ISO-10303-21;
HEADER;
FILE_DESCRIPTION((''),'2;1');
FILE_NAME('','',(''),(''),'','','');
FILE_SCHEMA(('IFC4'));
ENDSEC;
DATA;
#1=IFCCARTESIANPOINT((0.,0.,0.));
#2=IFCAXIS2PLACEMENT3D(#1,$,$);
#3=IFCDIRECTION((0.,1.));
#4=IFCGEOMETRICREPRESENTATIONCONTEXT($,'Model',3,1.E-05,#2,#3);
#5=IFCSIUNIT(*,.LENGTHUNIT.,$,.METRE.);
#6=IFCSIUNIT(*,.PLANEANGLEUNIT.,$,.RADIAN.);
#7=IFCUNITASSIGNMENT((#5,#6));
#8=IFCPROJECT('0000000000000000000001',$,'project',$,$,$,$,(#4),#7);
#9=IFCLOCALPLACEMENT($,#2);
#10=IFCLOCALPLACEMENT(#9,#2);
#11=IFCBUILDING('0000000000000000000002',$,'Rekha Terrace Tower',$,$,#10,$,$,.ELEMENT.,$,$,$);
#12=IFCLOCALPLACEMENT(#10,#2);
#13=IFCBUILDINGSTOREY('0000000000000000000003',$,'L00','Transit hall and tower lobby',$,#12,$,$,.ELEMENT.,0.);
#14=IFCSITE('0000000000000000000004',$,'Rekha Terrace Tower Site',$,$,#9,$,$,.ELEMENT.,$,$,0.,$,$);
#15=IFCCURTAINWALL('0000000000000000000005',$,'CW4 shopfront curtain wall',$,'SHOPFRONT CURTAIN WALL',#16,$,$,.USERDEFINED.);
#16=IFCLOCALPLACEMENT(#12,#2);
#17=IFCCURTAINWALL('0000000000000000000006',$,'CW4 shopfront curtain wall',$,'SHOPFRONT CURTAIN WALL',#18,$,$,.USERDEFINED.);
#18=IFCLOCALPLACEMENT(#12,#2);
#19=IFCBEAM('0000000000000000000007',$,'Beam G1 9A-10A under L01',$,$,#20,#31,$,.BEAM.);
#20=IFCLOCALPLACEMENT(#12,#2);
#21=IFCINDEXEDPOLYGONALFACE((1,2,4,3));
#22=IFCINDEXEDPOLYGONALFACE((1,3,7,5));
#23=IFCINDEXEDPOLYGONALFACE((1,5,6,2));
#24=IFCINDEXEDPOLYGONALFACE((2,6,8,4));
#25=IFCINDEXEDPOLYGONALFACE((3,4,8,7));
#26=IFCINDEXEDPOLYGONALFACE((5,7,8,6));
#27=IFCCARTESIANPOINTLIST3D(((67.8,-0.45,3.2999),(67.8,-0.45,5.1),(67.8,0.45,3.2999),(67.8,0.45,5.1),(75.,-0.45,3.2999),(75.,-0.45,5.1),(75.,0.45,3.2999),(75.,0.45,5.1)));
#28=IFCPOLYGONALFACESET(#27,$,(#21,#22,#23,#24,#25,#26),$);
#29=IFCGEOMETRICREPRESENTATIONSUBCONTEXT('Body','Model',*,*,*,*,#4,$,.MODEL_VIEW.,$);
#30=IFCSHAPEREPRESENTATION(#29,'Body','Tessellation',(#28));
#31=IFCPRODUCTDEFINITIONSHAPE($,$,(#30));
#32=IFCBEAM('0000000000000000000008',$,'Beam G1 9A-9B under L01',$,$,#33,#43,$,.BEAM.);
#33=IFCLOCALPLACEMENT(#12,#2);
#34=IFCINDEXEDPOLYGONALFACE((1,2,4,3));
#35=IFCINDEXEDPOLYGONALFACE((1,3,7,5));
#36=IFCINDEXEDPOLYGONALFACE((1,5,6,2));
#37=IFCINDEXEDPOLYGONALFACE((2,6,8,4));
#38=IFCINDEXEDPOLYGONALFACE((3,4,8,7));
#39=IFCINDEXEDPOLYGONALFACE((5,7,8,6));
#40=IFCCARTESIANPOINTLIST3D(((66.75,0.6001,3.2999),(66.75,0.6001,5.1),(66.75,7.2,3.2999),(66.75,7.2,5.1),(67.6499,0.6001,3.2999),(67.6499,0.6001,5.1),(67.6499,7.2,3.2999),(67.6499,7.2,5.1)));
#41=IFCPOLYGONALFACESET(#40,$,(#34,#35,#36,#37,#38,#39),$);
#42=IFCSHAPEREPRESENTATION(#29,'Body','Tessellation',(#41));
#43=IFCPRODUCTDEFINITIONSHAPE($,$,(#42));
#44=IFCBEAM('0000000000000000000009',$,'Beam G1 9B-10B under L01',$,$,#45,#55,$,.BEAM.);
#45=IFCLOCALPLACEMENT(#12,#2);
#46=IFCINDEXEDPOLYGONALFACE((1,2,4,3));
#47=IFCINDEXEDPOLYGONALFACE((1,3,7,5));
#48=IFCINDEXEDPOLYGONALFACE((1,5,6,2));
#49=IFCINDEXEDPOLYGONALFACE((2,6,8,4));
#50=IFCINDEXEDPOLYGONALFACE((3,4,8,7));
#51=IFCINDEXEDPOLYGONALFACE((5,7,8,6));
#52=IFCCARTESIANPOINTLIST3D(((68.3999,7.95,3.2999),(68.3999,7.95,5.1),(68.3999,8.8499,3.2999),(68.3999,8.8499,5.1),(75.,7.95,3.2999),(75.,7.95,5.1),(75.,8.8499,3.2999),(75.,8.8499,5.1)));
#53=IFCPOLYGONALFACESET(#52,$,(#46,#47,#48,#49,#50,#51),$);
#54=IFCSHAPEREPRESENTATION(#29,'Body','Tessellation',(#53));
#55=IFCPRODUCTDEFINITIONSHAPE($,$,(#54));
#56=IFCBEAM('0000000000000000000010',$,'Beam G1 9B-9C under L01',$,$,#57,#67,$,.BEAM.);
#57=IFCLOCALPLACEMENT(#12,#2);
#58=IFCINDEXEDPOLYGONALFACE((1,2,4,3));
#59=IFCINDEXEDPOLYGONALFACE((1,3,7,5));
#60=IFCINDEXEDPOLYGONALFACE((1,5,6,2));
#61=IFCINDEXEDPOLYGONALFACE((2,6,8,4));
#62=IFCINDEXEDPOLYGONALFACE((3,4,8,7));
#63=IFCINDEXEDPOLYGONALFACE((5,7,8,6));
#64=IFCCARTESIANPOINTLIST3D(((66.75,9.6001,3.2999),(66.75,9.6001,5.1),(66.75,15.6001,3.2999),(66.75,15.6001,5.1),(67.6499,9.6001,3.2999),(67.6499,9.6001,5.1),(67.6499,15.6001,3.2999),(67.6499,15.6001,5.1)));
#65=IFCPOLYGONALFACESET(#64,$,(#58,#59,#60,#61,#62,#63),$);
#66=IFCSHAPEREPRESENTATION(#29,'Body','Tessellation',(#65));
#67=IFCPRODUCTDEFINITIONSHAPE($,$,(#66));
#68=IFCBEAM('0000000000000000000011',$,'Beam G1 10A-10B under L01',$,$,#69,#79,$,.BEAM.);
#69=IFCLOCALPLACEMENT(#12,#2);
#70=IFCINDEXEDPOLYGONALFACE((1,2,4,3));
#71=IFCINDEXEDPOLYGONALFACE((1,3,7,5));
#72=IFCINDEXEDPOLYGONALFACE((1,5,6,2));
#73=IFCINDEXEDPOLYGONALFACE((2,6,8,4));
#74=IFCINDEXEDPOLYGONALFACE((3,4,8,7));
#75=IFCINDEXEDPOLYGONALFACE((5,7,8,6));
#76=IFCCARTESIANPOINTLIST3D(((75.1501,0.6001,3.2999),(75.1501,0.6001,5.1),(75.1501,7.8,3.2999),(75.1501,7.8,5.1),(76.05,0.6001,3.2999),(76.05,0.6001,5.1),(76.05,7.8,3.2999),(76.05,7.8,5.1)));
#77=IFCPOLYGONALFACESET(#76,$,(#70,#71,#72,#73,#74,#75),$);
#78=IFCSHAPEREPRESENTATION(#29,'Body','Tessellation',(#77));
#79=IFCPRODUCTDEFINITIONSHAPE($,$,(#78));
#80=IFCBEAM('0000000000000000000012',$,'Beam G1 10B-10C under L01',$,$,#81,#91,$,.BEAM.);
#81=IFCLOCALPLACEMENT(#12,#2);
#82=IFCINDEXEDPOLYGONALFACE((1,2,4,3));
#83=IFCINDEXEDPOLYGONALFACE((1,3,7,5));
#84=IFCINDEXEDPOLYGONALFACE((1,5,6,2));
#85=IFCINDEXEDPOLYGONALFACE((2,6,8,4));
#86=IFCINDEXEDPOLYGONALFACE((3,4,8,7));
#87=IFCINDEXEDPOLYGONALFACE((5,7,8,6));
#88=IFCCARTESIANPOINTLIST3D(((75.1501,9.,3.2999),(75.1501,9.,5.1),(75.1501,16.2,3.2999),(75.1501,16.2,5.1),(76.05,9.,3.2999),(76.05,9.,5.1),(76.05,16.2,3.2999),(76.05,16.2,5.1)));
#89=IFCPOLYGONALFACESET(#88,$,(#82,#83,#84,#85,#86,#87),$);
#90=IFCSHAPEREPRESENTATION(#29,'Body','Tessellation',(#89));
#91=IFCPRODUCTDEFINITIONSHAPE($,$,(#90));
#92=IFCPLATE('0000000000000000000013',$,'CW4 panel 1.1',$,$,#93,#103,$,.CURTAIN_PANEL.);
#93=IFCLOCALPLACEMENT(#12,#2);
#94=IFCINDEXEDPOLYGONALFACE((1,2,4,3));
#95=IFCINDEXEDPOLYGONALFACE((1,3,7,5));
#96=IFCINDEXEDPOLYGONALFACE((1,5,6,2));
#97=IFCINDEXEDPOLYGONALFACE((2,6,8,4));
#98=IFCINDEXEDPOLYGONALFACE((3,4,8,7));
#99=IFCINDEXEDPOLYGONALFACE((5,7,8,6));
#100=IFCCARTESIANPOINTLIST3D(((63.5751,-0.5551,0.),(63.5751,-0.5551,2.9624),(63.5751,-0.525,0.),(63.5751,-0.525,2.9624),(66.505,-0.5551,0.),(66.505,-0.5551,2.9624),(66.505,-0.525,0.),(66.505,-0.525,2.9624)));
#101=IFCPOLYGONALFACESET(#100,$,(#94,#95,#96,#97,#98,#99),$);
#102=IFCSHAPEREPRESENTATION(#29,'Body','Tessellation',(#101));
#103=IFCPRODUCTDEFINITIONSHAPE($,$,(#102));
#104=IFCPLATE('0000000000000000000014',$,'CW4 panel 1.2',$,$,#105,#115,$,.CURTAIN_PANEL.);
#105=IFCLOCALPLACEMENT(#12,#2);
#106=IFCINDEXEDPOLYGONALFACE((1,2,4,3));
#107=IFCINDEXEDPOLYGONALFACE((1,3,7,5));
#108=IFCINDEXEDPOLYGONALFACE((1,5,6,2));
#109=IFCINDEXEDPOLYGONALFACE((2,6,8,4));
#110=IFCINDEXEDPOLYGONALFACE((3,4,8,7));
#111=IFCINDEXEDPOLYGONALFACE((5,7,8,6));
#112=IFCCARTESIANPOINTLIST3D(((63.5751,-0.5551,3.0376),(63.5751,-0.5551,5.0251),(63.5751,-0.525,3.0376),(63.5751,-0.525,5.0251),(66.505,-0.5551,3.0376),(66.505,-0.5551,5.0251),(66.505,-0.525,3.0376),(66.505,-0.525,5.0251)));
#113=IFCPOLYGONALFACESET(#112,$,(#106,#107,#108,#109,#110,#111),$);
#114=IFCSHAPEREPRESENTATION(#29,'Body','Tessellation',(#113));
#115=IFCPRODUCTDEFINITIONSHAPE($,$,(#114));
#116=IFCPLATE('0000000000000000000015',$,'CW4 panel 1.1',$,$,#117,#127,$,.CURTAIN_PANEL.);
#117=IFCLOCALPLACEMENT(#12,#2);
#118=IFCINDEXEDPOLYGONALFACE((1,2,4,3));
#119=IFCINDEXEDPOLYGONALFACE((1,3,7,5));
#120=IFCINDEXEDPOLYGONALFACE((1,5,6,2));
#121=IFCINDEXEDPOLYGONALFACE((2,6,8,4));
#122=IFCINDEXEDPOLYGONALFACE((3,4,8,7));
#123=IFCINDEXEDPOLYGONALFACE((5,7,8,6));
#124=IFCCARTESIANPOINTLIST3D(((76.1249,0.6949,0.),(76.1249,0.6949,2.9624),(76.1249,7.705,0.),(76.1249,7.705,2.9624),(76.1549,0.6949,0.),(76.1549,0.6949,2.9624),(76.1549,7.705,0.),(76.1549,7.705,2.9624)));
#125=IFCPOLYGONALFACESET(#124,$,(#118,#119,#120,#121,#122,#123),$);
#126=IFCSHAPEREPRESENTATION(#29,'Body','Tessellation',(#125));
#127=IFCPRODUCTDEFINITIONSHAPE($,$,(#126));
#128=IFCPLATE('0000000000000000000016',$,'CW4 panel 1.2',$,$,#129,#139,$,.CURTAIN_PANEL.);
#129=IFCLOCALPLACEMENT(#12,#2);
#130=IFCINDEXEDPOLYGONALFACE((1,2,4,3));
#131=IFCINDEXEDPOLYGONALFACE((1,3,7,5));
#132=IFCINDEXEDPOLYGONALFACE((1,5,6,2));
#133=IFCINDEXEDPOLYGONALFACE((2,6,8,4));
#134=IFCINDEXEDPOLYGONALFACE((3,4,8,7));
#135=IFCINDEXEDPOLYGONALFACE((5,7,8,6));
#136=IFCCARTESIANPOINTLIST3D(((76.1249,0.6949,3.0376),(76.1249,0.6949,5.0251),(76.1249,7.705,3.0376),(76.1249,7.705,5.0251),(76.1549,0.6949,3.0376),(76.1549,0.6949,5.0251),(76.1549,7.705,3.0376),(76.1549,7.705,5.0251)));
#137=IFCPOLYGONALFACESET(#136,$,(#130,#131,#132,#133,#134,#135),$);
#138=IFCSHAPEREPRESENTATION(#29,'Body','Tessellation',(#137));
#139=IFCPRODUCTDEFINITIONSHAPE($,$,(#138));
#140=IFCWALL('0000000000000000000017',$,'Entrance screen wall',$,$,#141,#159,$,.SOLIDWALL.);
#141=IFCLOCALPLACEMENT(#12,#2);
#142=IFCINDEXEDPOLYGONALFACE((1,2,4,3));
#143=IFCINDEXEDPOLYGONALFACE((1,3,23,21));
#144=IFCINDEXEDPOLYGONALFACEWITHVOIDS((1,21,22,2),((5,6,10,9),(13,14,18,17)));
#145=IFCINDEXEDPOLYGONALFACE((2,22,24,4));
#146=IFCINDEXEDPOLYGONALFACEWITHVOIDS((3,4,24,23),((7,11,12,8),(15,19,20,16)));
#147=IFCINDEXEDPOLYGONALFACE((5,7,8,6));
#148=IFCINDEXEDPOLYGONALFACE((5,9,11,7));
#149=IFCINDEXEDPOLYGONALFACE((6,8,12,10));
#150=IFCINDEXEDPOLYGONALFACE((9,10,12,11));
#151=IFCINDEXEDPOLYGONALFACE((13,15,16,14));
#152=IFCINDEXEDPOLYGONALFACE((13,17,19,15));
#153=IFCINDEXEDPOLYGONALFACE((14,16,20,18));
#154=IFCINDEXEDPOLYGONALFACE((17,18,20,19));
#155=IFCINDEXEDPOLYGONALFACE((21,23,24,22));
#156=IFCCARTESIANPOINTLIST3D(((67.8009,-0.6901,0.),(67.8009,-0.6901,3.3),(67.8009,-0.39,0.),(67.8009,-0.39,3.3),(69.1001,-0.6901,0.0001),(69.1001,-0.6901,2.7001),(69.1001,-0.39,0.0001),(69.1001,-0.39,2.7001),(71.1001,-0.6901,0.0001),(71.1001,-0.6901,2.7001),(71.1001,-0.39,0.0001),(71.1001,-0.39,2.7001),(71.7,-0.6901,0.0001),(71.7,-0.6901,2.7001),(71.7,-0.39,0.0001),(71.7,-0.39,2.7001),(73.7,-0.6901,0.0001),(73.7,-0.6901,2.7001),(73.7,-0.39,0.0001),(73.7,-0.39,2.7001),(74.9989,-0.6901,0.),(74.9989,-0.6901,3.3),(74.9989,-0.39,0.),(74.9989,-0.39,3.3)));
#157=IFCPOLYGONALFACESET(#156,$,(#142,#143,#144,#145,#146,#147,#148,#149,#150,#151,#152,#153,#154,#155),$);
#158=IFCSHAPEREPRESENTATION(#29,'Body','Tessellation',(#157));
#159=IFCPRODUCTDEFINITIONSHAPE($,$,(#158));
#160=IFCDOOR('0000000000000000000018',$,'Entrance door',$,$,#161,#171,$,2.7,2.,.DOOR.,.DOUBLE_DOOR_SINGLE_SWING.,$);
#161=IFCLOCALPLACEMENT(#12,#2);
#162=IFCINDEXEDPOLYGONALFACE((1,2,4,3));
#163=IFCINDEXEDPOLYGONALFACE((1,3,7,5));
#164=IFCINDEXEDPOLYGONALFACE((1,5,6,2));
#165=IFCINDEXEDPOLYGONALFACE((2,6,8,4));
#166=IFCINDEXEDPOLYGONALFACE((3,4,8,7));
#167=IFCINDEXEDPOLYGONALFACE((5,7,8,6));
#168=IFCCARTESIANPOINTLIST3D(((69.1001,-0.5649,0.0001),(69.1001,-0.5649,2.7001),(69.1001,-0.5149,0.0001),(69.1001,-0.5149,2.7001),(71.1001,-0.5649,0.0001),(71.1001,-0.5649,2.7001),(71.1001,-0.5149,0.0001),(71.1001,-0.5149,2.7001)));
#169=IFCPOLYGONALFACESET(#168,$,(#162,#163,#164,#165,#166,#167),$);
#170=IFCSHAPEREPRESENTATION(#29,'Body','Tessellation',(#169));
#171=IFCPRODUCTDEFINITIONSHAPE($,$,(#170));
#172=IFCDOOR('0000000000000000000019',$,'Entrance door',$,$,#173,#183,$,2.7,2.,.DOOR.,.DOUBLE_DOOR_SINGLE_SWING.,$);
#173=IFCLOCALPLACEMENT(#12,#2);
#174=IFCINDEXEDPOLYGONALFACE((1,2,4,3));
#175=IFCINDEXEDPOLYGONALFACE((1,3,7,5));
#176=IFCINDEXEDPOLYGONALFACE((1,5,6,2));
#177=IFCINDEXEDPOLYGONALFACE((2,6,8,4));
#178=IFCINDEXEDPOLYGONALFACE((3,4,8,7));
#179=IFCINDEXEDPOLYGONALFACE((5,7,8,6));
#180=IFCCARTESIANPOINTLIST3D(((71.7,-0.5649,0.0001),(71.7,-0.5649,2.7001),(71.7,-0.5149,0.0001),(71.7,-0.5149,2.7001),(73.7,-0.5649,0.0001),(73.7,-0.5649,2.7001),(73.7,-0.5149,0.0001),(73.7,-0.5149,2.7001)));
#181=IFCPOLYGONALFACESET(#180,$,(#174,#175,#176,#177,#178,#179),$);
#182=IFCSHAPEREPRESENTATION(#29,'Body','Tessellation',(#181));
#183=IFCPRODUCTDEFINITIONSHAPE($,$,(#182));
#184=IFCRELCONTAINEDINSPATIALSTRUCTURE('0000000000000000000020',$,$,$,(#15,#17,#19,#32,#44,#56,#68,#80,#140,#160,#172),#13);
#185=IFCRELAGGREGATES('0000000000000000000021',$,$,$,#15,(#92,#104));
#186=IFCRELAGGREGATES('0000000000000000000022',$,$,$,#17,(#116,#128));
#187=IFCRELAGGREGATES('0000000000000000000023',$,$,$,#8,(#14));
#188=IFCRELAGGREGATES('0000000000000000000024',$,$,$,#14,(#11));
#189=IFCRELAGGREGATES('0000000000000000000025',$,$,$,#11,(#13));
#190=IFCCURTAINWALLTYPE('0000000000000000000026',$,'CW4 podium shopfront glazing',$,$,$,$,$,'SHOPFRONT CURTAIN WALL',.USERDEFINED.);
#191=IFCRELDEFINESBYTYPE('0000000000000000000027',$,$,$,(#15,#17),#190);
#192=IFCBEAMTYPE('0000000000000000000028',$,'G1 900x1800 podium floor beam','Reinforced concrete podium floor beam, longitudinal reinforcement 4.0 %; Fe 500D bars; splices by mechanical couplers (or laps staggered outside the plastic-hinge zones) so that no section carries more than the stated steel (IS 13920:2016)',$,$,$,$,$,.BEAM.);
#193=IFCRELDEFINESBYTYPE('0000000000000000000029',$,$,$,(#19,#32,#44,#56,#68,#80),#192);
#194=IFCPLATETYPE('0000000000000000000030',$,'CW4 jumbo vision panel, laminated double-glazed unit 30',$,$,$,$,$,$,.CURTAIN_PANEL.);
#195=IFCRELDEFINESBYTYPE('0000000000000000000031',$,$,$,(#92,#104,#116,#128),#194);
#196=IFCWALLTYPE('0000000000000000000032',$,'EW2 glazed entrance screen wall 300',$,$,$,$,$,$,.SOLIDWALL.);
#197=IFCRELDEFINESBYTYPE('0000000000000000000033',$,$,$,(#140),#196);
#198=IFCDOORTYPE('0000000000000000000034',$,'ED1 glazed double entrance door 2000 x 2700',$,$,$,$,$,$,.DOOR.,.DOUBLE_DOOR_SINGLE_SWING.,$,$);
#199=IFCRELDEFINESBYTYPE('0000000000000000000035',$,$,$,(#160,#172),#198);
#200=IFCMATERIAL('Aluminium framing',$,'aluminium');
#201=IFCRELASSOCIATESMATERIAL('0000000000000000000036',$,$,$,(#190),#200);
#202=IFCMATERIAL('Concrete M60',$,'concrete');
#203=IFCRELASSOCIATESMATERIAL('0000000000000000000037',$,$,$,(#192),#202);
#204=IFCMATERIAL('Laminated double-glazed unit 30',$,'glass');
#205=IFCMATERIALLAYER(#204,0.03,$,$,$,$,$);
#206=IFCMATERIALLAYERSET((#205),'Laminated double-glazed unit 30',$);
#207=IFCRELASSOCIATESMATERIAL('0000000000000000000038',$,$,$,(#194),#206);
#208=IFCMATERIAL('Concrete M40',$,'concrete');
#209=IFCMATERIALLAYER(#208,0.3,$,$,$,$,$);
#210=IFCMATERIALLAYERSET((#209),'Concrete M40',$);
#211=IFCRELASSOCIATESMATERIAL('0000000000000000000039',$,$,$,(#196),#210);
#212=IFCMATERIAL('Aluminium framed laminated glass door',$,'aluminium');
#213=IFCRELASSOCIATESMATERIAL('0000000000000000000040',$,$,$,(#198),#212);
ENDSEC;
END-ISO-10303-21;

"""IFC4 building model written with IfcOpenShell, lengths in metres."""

from ifc_helpers import new_model, si_unit, direction, frame, frame_2d, origin, origin_2d, place, context, subcontext, project, spatial, rectangle, extrude, material, layer, layer_set, material_profile, profile_set, type_object, element, fill, aggregate, save


model = new_model("IFC4")

# Units and contexts
model_context = context("Model", 3, precision=1e-05, world=origin(), true_north=direction((0.0, 1.0)))
body_context = subcontext(model_context, "Body", "Model", "MODEL_VIEW")
ifc_project = project(units=[si_unit("LENGTHUNIT", "METRE"), si_unit("PLANEANGLEUNIT", "RADIAN")], contexts=[model_context])

# Site, building, storey
site_placement = place(None, origin())
site = spatial("IfcSite", under=ifc_project, at=site_placement, Name="Rekha Terrace Tower Site", CompositionType="ELEMENT", RefElevation=0.0)
building_placement = place(site_placement, origin())
building = spatial("IfcBuilding", under=site, at=building_placement, Name="Rekha Terrace Tower", CompositionType="ELEMENT")
storey_placement = place(building_placement, origin())
storey = spatial("IfcBuildingStorey", under=building, at=storey_placement, Name="L00", Description="Transit hall and tower lobby", CompositionType="ELEMENT", Elevation=0.0)

# Shared definitions
ifc_material_1 = material(Name="Concrete M60", Category="concrete")

# Curtain wall
ifc_material_2 = material(Name="Aluminium framing", Category="aluminium")
curtain_wall_type = type_object("IfcCurtainWallType", Name="CW4 podium shopfront glazing", ElementType="SHOPFRONT CURTAIN WALL", PredefinedType="USERDEFINED", material=ifc_material_2)
curtain_wall_1_placement = place(storey_placement, origin())
curtain_wall_1 = element("IfcCurtainWall", 1, at=curtain_wall_1_placement, inside=storey, type_object=curtain_wall_type, Name="CW4 shopfront curtain wall", ObjectType="SHOPFRONT CURTAIN WALL", PredefinedType="USERDEFINED")

# Curtain wall
curtain_wall_2_placement = place(storey_placement, origin())
curtain_wall_2 = element("IfcCurtainWall", 2, at=curtain_wall_2_placement, inside=storey, type_object=curtain_wall_type, Name="CW4 shopfront curtain wall", ObjectType="SHOPFRONT CURTAIN WALL", PredefinedType="USERDEFINED")

# Beams
ifc_material_profile_1 = material_profile(ifc_material_1, rectangle(XDim=0.8999, YDim=1.8, at=origin_2d()), Name="RC 900x1800")
ifc_profile_set_1 = profile_set([ifc_material_profile_1], Name="Concrete M60")
beam_type = type_object("IfcBeamType", Name="G1 900x1800 podium floor beam", Description="Reinforced concrete podium floor beam, longitudinal reinforcement 4.0 %; Fe 500D bars; splices by mechanical couplers (or laps staggered outside the plastic-hinge zones) so that no section carries more than the stated steel (IS 13920:2016)", PredefinedType="BEAM", material=ifc_profile_set_1)
beam_1_placement = place(storey_placement, frame((67.8, 0.0, 4.2), z_axis=(1.0, 0.0, 0.0), x_axis=(0.0, 1.0, 0.0)))
element("IfcBeam", 3, at=beam_1_placement, inside=storey, type_object=beam_type, Name="Beam G1 9A-10A under L01", PredefinedType="BEAM", context=body_context, shape_type="SweptSolid", body=[
    extrude(rectangle(XDim=0.8999, YDim=1.8, at=origin_2d()), origin(), (0.0, 0.0, 1.0), 7.2),
])
beam_2_placement = place(storey_placement, frame((67.2, 0.6001, 4.2), z_axis=(0.0, 1.0, 0.0), x_axis=(-1.0, 0.0, 0.0)))
element("IfcBeam", 4, at=beam_2_placement, inside=storey, type_object=beam_type, Name="Beam G1 9A-9B under L01", PredefinedType="BEAM", context=body_context, shape_type="SweptSolid", body=[
    extrude(rectangle(XDim=0.8999, YDim=1.8, at=origin_2d()), origin(), (0.0, 0.0, 1.0), 6.5999),
])
beam_3_placement = place(storey_placement, frame((68.3999, 8.3999, 4.2), z_axis=(1.0, 0.0, 0.0), x_axis=(0.0, 1.0, 0.0)))
element("IfcBeam", 5, at=beam_3_placement, inside=storey, type_object=beam_type, Name="Beam G1 9B-10B under L01", PredefinedType="BEAM", context=body_context, shape_type="SweptSolid", body=[
    extrude(rectangle(XDim=0.8999, YDim=1.8, at=origin_2d()), origin(), (0.0, 0.0, 1.0), 6.6001),
])
beam_4_placement = place(storey_placement, frame((67.2, 9.6001, 4.2), z_axis=(0.0, 1.0, 0.0), x_axis=(-1.0, 0.0, 0.0)))
element("IfcBeam", 6, at=beam_4_placement, inside=storey, type_object=beam_type, Name="Beam G1 9B-9C under L01", PredefinedType="BEAM", context=body_context, shape_type="SweptSolid", body=[
    extrude(rectangle(XDim=0.8999, YDim=1.8, at=origin_2d()), origin(), (0.0, 0.0, 1.0), 6.0),
])
for number, where, z_axis, x_axis, name in (
    (7, (75.6001, 0.6001, 4.2), (0.0, 1.0, 0.0), (-1.0, 0.0, 0.0), "Beam G1 10A-10B under L01"),
    (8, (75.6001, 9.0, 4.2), (0.0, 1.0, 0.0), (-1.0, 0.0, 0.0), "Beam G1 10B-10C under L01"),
):
    element("IfcBeam", number, at=place(storey_placement, frame(where, z_axis=z_axis, x_axis=x_axis)), inside=storey, type_object=beam_type, Name=name, PredefinedType="BEAM", context=body_context, shape_type="SweptSolid", body=[
        extrude(rectangle(XDim=0.8999, YDim=1.8, at=origin_2d()), origin(), (0.0, 0.0, 1.0), 7.2),
    ])

# Plates
ifc_material_3 = material(Name="Laminated double-glazed unit 30", Category="glass")
ifc_layer_1 = layer(ifc_material_3, 0.03)
ifc_layer_set_1 = layer_set([ifc_layer_1], Name="Laminated double-glazed unit 30")
plate_type = type_object("IfcPlateType", Name="CW4 jumbo vision panel, laminated double-glazed unit 30", PredefinedType="CURTAIN_PANEL", material=ifc_layer_set_1)
plate_1_placement = place(storey_placement, frame((65.04, -0.54, 0.0), z_axis=(0.0, 0.0, 1.0), x_axis=(1.0, 0.0, 0.0)))
plate_1 = element("IfcPlate", 9, at=plate_1_placement, type_object=plate_type, Name="CW4 panel 1.1", PredefinedType="CURTAIN_PANEL", context=body_context, shape_type="SweptSolid", body=[
    extrude(rectangle(XDim=2.9299, YDim=0.03, at=origin_2d()), origin(), (0.0, 0.0, 1.0), 2.9624),
])
plate_2_placement = place(storey_placement, frame((65.04, -0.54, 3.0376), z_axis=(0.0, 0.0, 1.0), x_axis=(1.0, 0.0, 0.0)))
plate_2 = element("IfcPlate", 10, at=plate_2_placement, type_object=plate_type, Name="CW4 panel 1.2", PredefinedType="CURTAIN_PANEL", context=body_context, shape_type="SweptSolid", body=[
    extrude(rectangle(XDim=2.9299, YDim=0.03, at=origin_2d()), origin(), (0.0, 0.0, 1.0), 1.9875),
])
aggregate(curtain_wall_1, [plate_1, plate_2])
plate_3_placement = place(storey_placement, frame((76.1399, 4.2, 0.0), z_axis=(0.0, 0.0, 1.0), x_axis=(0.0, 1.0, 0.0)))
plate_3 = element("IfcPlate", 11, at=plate_3_placement, type_object=plate_type, Name="CW4 panel 1.1", PredefinedType="CURTAIN_PANEL", context=body_context, shape_type="SweptSolid", body=[
    extrude(rectangle(XDim=7.01, YDim=0.03, at=origin_2d()), origin(), (0.0, 0.0, 1.0), 2.9624),
])
plate_4_placement = place(storey_placement, frame((76.1399, 4.2, 3.0376), z_axis=(0.0, 0.0, 1.0), x_axis=(0.0, 1.0, 0.0)))
plate_4 = element("IfcPlate", 12, at=plate_4_placement, type_object=plate_type, Name="CW4 panel 1.2", PredefinedType="CURTAIN_PANEL", context=body_context, shape_type="SweptSolid", body=[
    extrude(rectangle(XDim=7.01, YDim=0.03, at=origin_2d()), origin(), (0.0, 0.0, 1.0), 1.9875),
])
aggregate(curtain_wall_2, [plate_3, plate_4])

# Wall, openings, doors
ifc_material_4 = material(Name="Concrete M40", Category="concrete")
ifc_layer_2 = layer(ifc_material_4, 0.3)
ifc_layer_set_2 = layer_set([ifc_layer_2], Name="Concrete M40")
wall_type_1 = type_object("IfcWallType", Name="EW2 glazed entrance screen wall 300", PredefinedType="SOLIDWALL", material=ifc_layer_set_2)
wall_1_placement = place(storey_placement, frame((74.999, -0.54, 0.0), z_axis=(0.0, 0.0, 1.0), x_axis=(-1.0, 0.0, 0.0)))
wall_1 = element("IfcWall", 13, at=wall_1_placement, inside=storey, type_object=wall_type_1, Name="Entrance screen wall", PredefinedType="SOLIDWALL", context=body_context, shape_type="SweptSolid", body=[
    extrude(rectangle(XDim=7.198, YDim=0.3, at=frame_2d((3.5991, 0.0))), origin(), (0.0, 0.0, 1.0), 3.3),
])
opening_1_placement = place(wall_1_placement, frame((3.8989, 0.0, 0.0)))
opening_1 = element("IfcOpeningElement", 14, at=opening_1_placement, cuts=wall_1, PredefinedType="OPENING", context=body_context, shape_type="SweptSolid", body=[
    extrude(rectangle(XDim=2.0, YDim=2.7, at=frame_2d((1.0, 1.3501))), frame((0.0, 0.1599, 0.0), z_axis=(0.0, -1.0, 0.0), x_axis=(1.0, 0.0, 0.0)), (0.0, 0.0, 1.0), 0.3201),
])
opening_2_placement = place(wall_1_placement, frame((1.2991, 0.0, 0.0)))
opening_2 = element("IfcOpeningElement", 15, at=opening_2_placement, cuts=wall_1, PredefinedType="OPENING", context=body_context, shape_type="SweptSolid", body=[
    extrude(rectangle(XDim=2.0, YDim=2.7, at=frame_2d((1.0, 1.3501))), frame((0.0, 0.1599, 0.0), z_axis=(0.0, -1.0, 0.0), x_axis=(1.0, 0.0, 0.0)), (0.0, 0.0, 1.0), 0.3201),
])
ifc_material_5 = material(Name="Aluminium framed laminated glass door", Category="aluminium")
door_type = type_object("IfcDoorType", Name="ED1 glazed double entrance door 2000 x 2700", OperationType="DOUBLE_DOOR_SINGLE_SWING", PredefinedType="DOOR", material=ifc_material_5)
door_1_placement = place(opening_1_placement, origin())
door_1 = element("IfcDoor", 16, at=door_1_placement, inside=storey, type_object=door_type, Name="Entrance door", OperationType="DOUBLE_DOOR_SINGLE_SWING", OverallHeight=2.7, OverallWidth=2.0, PredefinedType="DOOR", context=body_context, shape_type="SweptSolid", body=[
    extrude(rectangle(XDim=2.0, YDim=2.7, at=frame_2d((1.0, 1.3501))), frame((0.0, 0.0249, 0.0), z_axis=(0.0, -1.0, 0.0), x_axis=(1.0, 0.0, 0.0)), (0.0, 0.0, 1.0), 0.05),
])
fill(opening_1, door_1)
door_2_placement = place(opening_2_placement, origin())
door_2 = element("IfcDoor", 17, at=door_2_placement, inside=storey, type_object=door_type, Name="Entrance door", OperationType="DOUBLE_DOOR_SINGLE_SWING", OverallHeight=2.7, OverallWidth=2.0, PredefinedType="DOOR", context=body_context, shape_type="SweptSolid", body=[
    extrude(rectangle(XDim=2.0, YDim=2.7, at=frame_2d((1.0, 1.3501))), frame((0.0, 0.0249, 0.0), z_axis=(0.0, -1.0, 0.0), x_axis=(1.0, 0.0, 0.0)), (0.0, 0.0, 1.0), 0.05),
])
fill(opening_2, door_2)

save(model, "model.ifc")
